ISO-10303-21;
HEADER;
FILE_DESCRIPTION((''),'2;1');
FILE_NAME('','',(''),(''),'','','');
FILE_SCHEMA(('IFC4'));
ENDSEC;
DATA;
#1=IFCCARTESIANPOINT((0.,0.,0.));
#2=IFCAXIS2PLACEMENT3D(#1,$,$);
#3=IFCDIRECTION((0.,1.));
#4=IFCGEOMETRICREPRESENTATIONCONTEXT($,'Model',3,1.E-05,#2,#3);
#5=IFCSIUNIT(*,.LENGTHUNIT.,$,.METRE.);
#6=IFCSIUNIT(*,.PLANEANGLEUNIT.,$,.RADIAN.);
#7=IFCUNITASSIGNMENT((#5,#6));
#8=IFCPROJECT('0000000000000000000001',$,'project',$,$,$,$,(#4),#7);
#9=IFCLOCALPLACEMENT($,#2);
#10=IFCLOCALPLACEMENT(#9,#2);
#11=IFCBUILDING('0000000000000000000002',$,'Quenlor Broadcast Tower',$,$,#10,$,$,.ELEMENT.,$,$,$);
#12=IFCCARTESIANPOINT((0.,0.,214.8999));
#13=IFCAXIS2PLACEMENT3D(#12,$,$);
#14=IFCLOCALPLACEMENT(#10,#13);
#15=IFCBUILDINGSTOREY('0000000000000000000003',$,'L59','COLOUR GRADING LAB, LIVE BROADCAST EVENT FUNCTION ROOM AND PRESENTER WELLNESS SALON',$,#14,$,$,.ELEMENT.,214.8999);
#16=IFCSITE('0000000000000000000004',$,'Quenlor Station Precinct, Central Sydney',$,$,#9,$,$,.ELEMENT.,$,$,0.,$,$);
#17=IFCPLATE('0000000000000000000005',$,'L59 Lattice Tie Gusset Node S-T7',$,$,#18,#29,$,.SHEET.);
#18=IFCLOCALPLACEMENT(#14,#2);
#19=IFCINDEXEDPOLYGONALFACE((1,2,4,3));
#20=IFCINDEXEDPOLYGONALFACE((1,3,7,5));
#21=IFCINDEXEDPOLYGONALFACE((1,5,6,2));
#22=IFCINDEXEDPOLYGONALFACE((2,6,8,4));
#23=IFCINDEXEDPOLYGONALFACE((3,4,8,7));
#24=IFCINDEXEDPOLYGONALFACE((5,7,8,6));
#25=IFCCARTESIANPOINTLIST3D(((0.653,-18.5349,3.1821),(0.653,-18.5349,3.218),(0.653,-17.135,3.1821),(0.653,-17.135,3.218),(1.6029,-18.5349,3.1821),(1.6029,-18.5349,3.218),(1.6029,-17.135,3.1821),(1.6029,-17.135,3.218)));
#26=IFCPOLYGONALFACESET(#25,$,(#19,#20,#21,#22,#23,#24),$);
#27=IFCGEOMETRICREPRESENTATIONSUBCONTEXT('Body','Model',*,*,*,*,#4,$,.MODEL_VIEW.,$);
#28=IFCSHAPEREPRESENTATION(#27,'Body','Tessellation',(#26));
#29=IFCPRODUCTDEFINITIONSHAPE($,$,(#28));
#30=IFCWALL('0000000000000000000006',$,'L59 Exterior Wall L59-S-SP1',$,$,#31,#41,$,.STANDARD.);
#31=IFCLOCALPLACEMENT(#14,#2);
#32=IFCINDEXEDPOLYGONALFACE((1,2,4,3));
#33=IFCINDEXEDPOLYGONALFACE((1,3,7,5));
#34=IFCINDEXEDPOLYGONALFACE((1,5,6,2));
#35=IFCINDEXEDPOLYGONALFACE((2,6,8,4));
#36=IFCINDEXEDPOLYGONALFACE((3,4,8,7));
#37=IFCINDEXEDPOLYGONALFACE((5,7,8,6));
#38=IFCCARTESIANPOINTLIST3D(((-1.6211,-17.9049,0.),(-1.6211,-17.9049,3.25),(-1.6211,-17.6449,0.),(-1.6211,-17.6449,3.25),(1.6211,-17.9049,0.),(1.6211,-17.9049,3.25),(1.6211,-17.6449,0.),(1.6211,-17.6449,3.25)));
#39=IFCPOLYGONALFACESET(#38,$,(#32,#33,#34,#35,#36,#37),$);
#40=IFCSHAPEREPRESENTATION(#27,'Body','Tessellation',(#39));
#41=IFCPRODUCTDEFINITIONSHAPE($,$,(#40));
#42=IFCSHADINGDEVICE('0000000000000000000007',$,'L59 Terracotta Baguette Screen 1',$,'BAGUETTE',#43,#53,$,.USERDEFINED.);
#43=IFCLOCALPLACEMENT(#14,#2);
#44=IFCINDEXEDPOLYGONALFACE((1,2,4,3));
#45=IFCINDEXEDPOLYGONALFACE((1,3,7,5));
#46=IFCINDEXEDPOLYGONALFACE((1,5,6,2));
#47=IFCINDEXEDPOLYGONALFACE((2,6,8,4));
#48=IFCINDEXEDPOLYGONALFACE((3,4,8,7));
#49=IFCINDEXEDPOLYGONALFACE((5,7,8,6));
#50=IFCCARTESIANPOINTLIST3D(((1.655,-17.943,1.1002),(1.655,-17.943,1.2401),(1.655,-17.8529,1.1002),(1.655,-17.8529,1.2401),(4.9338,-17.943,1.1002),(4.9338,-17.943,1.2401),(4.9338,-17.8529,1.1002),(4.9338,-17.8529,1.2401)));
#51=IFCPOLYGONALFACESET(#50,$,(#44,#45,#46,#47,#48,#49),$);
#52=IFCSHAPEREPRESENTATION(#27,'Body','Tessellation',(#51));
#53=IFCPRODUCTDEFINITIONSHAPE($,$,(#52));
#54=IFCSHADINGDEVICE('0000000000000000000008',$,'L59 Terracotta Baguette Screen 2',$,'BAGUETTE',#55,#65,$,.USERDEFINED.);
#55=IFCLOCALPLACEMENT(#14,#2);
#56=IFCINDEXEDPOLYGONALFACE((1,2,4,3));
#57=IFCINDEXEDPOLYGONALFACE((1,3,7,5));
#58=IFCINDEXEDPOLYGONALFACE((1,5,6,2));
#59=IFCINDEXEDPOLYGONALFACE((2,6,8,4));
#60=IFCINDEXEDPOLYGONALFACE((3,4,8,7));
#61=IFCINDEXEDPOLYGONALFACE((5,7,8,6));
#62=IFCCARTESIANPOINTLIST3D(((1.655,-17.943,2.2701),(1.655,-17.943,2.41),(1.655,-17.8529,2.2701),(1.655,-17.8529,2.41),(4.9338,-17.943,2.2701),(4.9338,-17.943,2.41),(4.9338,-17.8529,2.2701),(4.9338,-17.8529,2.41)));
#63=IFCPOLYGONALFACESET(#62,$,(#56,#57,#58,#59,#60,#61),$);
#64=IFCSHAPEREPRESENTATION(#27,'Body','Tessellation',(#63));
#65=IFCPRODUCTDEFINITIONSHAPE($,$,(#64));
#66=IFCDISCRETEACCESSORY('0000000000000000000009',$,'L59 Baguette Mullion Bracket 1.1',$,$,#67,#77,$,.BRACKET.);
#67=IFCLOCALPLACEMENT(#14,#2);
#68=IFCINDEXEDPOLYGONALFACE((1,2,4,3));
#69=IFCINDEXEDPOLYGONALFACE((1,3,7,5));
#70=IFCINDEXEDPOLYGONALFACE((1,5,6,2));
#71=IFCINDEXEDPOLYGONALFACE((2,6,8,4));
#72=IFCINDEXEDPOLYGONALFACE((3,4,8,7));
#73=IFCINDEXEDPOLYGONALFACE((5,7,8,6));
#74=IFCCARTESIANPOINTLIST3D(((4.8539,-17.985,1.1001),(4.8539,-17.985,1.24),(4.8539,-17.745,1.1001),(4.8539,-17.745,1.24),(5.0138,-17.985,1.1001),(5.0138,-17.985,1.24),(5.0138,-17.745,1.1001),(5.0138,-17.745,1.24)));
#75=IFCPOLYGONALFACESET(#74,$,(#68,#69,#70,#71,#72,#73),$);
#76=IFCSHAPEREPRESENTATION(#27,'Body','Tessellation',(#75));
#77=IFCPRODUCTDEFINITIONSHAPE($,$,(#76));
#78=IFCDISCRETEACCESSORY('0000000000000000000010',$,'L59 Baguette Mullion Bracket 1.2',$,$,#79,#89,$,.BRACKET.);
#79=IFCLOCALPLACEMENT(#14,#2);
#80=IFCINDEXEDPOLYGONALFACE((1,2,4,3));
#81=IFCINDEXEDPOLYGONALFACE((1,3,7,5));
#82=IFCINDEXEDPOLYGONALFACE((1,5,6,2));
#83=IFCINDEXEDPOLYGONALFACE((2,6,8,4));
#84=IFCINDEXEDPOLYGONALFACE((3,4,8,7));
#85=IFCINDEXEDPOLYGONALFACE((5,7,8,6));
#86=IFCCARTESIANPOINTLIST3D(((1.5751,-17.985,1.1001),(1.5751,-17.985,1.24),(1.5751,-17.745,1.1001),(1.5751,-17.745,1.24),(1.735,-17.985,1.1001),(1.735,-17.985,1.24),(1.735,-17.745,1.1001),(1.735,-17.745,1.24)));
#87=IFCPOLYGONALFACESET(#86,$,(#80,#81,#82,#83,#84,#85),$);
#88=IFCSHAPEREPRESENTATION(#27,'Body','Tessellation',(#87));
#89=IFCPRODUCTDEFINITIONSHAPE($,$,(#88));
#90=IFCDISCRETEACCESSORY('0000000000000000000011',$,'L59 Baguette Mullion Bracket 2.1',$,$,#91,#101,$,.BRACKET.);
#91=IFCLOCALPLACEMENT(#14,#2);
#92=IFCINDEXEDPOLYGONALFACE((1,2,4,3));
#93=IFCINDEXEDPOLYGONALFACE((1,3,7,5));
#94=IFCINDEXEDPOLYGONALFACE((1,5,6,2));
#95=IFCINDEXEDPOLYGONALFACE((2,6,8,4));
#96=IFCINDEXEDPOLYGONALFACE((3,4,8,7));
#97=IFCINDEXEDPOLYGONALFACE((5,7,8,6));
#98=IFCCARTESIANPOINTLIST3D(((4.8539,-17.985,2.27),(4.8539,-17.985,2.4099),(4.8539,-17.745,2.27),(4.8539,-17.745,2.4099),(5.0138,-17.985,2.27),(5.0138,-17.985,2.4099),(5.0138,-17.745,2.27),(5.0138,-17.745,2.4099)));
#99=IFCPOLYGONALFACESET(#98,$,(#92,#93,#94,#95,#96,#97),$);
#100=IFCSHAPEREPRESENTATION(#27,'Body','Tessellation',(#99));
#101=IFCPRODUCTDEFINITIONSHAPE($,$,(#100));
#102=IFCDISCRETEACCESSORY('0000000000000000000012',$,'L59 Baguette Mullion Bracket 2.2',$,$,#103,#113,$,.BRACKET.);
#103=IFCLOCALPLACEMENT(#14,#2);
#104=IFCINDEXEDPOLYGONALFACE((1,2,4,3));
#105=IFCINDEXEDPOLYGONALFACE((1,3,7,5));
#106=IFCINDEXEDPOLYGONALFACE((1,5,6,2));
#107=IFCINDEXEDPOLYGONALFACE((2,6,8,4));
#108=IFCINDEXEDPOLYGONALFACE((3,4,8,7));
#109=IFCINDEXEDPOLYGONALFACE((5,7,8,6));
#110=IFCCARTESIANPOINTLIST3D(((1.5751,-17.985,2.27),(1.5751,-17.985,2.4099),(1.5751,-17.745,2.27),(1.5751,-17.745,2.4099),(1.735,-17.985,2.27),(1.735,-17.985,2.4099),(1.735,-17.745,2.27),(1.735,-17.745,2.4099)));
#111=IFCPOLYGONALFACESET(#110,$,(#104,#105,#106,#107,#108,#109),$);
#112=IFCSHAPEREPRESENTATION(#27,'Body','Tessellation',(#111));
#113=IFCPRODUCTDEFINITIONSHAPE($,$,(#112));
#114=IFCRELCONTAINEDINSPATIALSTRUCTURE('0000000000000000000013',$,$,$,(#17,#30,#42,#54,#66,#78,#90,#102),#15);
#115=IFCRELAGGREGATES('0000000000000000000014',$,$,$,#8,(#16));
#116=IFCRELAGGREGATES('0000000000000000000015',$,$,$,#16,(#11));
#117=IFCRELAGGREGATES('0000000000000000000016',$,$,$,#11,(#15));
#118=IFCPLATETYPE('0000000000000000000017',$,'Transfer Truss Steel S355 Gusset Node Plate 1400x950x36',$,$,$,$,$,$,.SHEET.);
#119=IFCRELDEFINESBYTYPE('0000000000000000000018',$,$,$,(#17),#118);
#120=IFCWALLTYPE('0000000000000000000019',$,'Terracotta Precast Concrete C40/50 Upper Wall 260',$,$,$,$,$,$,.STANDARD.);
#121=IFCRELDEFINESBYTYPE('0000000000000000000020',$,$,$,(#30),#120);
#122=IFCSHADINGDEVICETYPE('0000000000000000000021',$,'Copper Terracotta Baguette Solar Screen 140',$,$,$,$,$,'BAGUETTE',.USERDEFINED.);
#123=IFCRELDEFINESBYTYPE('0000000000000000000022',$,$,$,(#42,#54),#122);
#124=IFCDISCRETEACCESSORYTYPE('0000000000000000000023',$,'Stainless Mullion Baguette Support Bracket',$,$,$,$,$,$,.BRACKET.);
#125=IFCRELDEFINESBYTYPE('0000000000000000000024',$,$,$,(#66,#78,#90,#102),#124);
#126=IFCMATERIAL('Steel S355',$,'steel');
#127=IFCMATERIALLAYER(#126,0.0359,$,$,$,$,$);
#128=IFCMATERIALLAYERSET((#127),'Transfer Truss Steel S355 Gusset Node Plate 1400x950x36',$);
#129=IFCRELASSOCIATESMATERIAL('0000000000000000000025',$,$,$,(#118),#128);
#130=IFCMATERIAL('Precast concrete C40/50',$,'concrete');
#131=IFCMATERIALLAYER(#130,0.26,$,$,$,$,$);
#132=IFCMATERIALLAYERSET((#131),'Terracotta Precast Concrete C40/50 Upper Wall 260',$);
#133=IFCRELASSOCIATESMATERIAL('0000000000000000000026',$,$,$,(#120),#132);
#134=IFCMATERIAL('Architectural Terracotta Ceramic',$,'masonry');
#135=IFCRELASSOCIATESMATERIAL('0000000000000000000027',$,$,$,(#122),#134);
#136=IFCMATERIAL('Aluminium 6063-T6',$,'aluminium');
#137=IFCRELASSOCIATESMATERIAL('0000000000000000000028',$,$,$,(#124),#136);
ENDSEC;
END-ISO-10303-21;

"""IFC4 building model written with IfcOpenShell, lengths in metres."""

from ifc_helpers import new_model, si_unit, direction, frame, frame_2d, origin, origin_2d, place, context, subcontext, project, spatial, rectangle, extrude, material, layer, layer_set, material_profile, profile_set, type_object, element, save


model = new_model("IFC4")

# Units and contexts
model_context = context("Model", 3, precision=1e-05, world=origin(), true_north=direction((0.0, 1.0)))
body_context = subcontext(model_context, "Body", "Model", "MODEL_VIEW")
ifc_project = project(units=[si_unit("LENGTHUNIT", "METRE"), si_unit("PLANEANGLEUNIT", "RADIAN")], contexts=[model_context])

# Site, building, storey
site_placement = place(None, origin())
site = spatial("IfcSite", under=ifc_project, at=site_placement, Name="Quenlor Station Precinct, Central Sydney", CompositionType="ELEMENT", RefElevation=0.0)
building_placement = place(site_placement, origin())
building = spatial("IfcBuilding", under=site, at=building_placement, Name="Quenlor Broadcast Tower", CompositionType="ELEMENT")
storey_placement = place(building_placement, frame((0.0, 0.0, 214.8999)))
storey = spatial("IfcBuildingStorey", under=building, at=storey_placement, Name="L59", Description="COLOUR GRADING LAB, LIVE BROADCAST EVENT FUNCTION ROOM AND PRESENTER WELLNESS SALON", CompositionType="ELEMENT", Elevation=214.8999)

# Plate
ifc_material_1 = material(Name="Steel S355", Category="steel")
ifc_layer_1 = layer(ifc_material_1, 0.0359)
ifc_layer_set_1 = layer_set([ifc_layer_1], Name="Transfer Truss Steel S355 Gusset Node Plate 1400x950x36")
plate_type_1 = type_object("IfcPlateType", Name="Transfer Truss Steel S355 Gusset Node Plate 1400x950x36", PredefinedType="SHEET", material=ifc_layer_set_1)
for number, where, z_axis, x_axis, name in (
    (1, (1.1279, -17.835, 3.1821), (0.0, 0.0, 1.0), (0.0, -1.0, 0.0), "L59 Lattice Tie Gusset Node S-T7"),
):
    element("IfcPlate", number, at=place(storey_placement, frame(where, z_axis=z_axis, x_axis=x_axis)), inside=storey, type_object=plate_type_1, Name=name, PredefinedType="SHEET", context=body_context, shape_type="SweptSolid", body=[
        extrude(rectangle(XDim=1.3999, YDim=0.95, at=origin_2d()), origin(), (0.0, 0.0, 1.0), 0.0359),
    ])

# Wall
ifc_material_2 = material(Name="Precast concrete C40/50", Category="concrete")
ifc_layer_2 = layer(ifc_material_2, 0.26)
ifc_layer_set_2 = layer_set([ifc_layer_2], Name="Terracotta Precast Concrete C40/50 Upper Wall 260")
wall_type = type_object("IfcWallType", Name="Terracotta Precast Concrete C40/50 Upper Wall 260", PredefinedType="STANDARD", material=ifc_layer_set_2)
wall_placement = place(storey_placement, frame((1.6211, -17.7749, 0.0), z_axis=(0.0, 0.0, 1.0), x_axis=(-1.0, 0.0, 0.0)))
element("IfcWall", 2, at=wall_placement, inside=storey, type_object=wall_type, Name="L59 Exterior Wall L59-S-SP1", PredefinedType="STANDARD", context=body_context, shape_type="SweptSolid", body=[
    extrude(rectangle(XDim=3.2422, YDim=0.26, at=frame_2d((1.6211, 0.0))), origin(), (0.0, 0.0, 1.0), 3.25),
])

# Shading devices
ifc_material_3 = material(Name="Architectural Terracotta Ceramic", Category="masonry")
ifc_material_profile_1 = material_profile(ifc_material_3, rectangle(XDim=0.0901, YDim=0.1399, at=origin_2d()))
ifc_profile_set_1 = profile_set([ifc_material_profile_1], Name="Architectural Terracotta Ceramic BAG90x140")
shading_device_type = type_object("IfcShadingDeviceType", Name="Copper Terracotta Baguette Solar Screen 140", ElementType="BAGUETTE", PredefinedType="USERDEFINED", material=ifc_profile_set_1)
for number, where, z_axis, x_axis, name in (
    (3, (4.9338, -17.8979, 1.1702), (-1.0, 0.0, 0.0), (0.0, -1.0, 0.0), "L59 Terracotta Baguette Screen 1"),
    (4, (4.9338, -17.8979, 2.3401), (-1.0, 0.0, 0.0), (0.0, -1.0, 0.0), "L59 Terracotta Baguette Screen 2"),
):
    element("IfcShadingDevice", number, at=place(storey_placement, frame(where, z_axis=z_axis, x_axis=x_axis)), inside=storey, type_object=shading_device_type, Name=name, ObjectType="BAGUETTE", PredefinedType="USERDEFINED", context=body_context, shape_type="SweptSolid", body=[
        extrude(rectangle(XDim=0.0901, YDim=0.1399, at=origin_2d()), origin(), (0.0, 0.0, 1.0), 3.2788),
    ])

# Discrete accessories
ifc_material_4 = material(Name="Aluminium 6063-T6", Category="aluminium")
discrete_accessory_type = type_object("IfcDiscreteAccessoryType", Name="Stainless Mullion Baguette Support Bracket", PredefinedType="BRACKET", material=ifc_material_4)
for number, where, z_axis, x_axis, name in (
    (5, (4.9338, -17.865, 1.1001), (0.0, 0.0, 1.0), (-1.0, 0.0, 0.0), "L59 Baguette Mullion Bracket 1.1"),
    (6, (1.655, -17.865, 1.1001), (0.0, 0.0, 1.0), (-1.0, 0.0, 0.0), "L59 Baguette Mullion Bracket 1.2"),
    (7, (4.9338, -17.865, 2.27), (0.0, 0.0, 1.0), (-1.0, 0.0, 0.0), "L59 Baguette Mullion Bracket 2.1"),
    (8, (1.655, -17.865, 2.27), (0.0, 0.0, 1.0), (-1.0, 0.0, 0.0), "L59 Baguette Mullion Bracket 2.2"),
):
    element("IfcDiscreteAccessory", number, at=place(storey_placement, frame(where, z_axis=z_axis, x_axis=x_axis)), inside=storey, type_object=discrete_accessory_type, Name=name, PredefinedType="BRACKET", context=body_context, shape_type="SweptSolid", body=[
        extrude(rectangle(XDim=0.1599, YDim=0.24, at=origin_2d()), origin(), (0.0, 0.0, 1.0), 0.1399),
    ])

save(model, "model.ifc")
